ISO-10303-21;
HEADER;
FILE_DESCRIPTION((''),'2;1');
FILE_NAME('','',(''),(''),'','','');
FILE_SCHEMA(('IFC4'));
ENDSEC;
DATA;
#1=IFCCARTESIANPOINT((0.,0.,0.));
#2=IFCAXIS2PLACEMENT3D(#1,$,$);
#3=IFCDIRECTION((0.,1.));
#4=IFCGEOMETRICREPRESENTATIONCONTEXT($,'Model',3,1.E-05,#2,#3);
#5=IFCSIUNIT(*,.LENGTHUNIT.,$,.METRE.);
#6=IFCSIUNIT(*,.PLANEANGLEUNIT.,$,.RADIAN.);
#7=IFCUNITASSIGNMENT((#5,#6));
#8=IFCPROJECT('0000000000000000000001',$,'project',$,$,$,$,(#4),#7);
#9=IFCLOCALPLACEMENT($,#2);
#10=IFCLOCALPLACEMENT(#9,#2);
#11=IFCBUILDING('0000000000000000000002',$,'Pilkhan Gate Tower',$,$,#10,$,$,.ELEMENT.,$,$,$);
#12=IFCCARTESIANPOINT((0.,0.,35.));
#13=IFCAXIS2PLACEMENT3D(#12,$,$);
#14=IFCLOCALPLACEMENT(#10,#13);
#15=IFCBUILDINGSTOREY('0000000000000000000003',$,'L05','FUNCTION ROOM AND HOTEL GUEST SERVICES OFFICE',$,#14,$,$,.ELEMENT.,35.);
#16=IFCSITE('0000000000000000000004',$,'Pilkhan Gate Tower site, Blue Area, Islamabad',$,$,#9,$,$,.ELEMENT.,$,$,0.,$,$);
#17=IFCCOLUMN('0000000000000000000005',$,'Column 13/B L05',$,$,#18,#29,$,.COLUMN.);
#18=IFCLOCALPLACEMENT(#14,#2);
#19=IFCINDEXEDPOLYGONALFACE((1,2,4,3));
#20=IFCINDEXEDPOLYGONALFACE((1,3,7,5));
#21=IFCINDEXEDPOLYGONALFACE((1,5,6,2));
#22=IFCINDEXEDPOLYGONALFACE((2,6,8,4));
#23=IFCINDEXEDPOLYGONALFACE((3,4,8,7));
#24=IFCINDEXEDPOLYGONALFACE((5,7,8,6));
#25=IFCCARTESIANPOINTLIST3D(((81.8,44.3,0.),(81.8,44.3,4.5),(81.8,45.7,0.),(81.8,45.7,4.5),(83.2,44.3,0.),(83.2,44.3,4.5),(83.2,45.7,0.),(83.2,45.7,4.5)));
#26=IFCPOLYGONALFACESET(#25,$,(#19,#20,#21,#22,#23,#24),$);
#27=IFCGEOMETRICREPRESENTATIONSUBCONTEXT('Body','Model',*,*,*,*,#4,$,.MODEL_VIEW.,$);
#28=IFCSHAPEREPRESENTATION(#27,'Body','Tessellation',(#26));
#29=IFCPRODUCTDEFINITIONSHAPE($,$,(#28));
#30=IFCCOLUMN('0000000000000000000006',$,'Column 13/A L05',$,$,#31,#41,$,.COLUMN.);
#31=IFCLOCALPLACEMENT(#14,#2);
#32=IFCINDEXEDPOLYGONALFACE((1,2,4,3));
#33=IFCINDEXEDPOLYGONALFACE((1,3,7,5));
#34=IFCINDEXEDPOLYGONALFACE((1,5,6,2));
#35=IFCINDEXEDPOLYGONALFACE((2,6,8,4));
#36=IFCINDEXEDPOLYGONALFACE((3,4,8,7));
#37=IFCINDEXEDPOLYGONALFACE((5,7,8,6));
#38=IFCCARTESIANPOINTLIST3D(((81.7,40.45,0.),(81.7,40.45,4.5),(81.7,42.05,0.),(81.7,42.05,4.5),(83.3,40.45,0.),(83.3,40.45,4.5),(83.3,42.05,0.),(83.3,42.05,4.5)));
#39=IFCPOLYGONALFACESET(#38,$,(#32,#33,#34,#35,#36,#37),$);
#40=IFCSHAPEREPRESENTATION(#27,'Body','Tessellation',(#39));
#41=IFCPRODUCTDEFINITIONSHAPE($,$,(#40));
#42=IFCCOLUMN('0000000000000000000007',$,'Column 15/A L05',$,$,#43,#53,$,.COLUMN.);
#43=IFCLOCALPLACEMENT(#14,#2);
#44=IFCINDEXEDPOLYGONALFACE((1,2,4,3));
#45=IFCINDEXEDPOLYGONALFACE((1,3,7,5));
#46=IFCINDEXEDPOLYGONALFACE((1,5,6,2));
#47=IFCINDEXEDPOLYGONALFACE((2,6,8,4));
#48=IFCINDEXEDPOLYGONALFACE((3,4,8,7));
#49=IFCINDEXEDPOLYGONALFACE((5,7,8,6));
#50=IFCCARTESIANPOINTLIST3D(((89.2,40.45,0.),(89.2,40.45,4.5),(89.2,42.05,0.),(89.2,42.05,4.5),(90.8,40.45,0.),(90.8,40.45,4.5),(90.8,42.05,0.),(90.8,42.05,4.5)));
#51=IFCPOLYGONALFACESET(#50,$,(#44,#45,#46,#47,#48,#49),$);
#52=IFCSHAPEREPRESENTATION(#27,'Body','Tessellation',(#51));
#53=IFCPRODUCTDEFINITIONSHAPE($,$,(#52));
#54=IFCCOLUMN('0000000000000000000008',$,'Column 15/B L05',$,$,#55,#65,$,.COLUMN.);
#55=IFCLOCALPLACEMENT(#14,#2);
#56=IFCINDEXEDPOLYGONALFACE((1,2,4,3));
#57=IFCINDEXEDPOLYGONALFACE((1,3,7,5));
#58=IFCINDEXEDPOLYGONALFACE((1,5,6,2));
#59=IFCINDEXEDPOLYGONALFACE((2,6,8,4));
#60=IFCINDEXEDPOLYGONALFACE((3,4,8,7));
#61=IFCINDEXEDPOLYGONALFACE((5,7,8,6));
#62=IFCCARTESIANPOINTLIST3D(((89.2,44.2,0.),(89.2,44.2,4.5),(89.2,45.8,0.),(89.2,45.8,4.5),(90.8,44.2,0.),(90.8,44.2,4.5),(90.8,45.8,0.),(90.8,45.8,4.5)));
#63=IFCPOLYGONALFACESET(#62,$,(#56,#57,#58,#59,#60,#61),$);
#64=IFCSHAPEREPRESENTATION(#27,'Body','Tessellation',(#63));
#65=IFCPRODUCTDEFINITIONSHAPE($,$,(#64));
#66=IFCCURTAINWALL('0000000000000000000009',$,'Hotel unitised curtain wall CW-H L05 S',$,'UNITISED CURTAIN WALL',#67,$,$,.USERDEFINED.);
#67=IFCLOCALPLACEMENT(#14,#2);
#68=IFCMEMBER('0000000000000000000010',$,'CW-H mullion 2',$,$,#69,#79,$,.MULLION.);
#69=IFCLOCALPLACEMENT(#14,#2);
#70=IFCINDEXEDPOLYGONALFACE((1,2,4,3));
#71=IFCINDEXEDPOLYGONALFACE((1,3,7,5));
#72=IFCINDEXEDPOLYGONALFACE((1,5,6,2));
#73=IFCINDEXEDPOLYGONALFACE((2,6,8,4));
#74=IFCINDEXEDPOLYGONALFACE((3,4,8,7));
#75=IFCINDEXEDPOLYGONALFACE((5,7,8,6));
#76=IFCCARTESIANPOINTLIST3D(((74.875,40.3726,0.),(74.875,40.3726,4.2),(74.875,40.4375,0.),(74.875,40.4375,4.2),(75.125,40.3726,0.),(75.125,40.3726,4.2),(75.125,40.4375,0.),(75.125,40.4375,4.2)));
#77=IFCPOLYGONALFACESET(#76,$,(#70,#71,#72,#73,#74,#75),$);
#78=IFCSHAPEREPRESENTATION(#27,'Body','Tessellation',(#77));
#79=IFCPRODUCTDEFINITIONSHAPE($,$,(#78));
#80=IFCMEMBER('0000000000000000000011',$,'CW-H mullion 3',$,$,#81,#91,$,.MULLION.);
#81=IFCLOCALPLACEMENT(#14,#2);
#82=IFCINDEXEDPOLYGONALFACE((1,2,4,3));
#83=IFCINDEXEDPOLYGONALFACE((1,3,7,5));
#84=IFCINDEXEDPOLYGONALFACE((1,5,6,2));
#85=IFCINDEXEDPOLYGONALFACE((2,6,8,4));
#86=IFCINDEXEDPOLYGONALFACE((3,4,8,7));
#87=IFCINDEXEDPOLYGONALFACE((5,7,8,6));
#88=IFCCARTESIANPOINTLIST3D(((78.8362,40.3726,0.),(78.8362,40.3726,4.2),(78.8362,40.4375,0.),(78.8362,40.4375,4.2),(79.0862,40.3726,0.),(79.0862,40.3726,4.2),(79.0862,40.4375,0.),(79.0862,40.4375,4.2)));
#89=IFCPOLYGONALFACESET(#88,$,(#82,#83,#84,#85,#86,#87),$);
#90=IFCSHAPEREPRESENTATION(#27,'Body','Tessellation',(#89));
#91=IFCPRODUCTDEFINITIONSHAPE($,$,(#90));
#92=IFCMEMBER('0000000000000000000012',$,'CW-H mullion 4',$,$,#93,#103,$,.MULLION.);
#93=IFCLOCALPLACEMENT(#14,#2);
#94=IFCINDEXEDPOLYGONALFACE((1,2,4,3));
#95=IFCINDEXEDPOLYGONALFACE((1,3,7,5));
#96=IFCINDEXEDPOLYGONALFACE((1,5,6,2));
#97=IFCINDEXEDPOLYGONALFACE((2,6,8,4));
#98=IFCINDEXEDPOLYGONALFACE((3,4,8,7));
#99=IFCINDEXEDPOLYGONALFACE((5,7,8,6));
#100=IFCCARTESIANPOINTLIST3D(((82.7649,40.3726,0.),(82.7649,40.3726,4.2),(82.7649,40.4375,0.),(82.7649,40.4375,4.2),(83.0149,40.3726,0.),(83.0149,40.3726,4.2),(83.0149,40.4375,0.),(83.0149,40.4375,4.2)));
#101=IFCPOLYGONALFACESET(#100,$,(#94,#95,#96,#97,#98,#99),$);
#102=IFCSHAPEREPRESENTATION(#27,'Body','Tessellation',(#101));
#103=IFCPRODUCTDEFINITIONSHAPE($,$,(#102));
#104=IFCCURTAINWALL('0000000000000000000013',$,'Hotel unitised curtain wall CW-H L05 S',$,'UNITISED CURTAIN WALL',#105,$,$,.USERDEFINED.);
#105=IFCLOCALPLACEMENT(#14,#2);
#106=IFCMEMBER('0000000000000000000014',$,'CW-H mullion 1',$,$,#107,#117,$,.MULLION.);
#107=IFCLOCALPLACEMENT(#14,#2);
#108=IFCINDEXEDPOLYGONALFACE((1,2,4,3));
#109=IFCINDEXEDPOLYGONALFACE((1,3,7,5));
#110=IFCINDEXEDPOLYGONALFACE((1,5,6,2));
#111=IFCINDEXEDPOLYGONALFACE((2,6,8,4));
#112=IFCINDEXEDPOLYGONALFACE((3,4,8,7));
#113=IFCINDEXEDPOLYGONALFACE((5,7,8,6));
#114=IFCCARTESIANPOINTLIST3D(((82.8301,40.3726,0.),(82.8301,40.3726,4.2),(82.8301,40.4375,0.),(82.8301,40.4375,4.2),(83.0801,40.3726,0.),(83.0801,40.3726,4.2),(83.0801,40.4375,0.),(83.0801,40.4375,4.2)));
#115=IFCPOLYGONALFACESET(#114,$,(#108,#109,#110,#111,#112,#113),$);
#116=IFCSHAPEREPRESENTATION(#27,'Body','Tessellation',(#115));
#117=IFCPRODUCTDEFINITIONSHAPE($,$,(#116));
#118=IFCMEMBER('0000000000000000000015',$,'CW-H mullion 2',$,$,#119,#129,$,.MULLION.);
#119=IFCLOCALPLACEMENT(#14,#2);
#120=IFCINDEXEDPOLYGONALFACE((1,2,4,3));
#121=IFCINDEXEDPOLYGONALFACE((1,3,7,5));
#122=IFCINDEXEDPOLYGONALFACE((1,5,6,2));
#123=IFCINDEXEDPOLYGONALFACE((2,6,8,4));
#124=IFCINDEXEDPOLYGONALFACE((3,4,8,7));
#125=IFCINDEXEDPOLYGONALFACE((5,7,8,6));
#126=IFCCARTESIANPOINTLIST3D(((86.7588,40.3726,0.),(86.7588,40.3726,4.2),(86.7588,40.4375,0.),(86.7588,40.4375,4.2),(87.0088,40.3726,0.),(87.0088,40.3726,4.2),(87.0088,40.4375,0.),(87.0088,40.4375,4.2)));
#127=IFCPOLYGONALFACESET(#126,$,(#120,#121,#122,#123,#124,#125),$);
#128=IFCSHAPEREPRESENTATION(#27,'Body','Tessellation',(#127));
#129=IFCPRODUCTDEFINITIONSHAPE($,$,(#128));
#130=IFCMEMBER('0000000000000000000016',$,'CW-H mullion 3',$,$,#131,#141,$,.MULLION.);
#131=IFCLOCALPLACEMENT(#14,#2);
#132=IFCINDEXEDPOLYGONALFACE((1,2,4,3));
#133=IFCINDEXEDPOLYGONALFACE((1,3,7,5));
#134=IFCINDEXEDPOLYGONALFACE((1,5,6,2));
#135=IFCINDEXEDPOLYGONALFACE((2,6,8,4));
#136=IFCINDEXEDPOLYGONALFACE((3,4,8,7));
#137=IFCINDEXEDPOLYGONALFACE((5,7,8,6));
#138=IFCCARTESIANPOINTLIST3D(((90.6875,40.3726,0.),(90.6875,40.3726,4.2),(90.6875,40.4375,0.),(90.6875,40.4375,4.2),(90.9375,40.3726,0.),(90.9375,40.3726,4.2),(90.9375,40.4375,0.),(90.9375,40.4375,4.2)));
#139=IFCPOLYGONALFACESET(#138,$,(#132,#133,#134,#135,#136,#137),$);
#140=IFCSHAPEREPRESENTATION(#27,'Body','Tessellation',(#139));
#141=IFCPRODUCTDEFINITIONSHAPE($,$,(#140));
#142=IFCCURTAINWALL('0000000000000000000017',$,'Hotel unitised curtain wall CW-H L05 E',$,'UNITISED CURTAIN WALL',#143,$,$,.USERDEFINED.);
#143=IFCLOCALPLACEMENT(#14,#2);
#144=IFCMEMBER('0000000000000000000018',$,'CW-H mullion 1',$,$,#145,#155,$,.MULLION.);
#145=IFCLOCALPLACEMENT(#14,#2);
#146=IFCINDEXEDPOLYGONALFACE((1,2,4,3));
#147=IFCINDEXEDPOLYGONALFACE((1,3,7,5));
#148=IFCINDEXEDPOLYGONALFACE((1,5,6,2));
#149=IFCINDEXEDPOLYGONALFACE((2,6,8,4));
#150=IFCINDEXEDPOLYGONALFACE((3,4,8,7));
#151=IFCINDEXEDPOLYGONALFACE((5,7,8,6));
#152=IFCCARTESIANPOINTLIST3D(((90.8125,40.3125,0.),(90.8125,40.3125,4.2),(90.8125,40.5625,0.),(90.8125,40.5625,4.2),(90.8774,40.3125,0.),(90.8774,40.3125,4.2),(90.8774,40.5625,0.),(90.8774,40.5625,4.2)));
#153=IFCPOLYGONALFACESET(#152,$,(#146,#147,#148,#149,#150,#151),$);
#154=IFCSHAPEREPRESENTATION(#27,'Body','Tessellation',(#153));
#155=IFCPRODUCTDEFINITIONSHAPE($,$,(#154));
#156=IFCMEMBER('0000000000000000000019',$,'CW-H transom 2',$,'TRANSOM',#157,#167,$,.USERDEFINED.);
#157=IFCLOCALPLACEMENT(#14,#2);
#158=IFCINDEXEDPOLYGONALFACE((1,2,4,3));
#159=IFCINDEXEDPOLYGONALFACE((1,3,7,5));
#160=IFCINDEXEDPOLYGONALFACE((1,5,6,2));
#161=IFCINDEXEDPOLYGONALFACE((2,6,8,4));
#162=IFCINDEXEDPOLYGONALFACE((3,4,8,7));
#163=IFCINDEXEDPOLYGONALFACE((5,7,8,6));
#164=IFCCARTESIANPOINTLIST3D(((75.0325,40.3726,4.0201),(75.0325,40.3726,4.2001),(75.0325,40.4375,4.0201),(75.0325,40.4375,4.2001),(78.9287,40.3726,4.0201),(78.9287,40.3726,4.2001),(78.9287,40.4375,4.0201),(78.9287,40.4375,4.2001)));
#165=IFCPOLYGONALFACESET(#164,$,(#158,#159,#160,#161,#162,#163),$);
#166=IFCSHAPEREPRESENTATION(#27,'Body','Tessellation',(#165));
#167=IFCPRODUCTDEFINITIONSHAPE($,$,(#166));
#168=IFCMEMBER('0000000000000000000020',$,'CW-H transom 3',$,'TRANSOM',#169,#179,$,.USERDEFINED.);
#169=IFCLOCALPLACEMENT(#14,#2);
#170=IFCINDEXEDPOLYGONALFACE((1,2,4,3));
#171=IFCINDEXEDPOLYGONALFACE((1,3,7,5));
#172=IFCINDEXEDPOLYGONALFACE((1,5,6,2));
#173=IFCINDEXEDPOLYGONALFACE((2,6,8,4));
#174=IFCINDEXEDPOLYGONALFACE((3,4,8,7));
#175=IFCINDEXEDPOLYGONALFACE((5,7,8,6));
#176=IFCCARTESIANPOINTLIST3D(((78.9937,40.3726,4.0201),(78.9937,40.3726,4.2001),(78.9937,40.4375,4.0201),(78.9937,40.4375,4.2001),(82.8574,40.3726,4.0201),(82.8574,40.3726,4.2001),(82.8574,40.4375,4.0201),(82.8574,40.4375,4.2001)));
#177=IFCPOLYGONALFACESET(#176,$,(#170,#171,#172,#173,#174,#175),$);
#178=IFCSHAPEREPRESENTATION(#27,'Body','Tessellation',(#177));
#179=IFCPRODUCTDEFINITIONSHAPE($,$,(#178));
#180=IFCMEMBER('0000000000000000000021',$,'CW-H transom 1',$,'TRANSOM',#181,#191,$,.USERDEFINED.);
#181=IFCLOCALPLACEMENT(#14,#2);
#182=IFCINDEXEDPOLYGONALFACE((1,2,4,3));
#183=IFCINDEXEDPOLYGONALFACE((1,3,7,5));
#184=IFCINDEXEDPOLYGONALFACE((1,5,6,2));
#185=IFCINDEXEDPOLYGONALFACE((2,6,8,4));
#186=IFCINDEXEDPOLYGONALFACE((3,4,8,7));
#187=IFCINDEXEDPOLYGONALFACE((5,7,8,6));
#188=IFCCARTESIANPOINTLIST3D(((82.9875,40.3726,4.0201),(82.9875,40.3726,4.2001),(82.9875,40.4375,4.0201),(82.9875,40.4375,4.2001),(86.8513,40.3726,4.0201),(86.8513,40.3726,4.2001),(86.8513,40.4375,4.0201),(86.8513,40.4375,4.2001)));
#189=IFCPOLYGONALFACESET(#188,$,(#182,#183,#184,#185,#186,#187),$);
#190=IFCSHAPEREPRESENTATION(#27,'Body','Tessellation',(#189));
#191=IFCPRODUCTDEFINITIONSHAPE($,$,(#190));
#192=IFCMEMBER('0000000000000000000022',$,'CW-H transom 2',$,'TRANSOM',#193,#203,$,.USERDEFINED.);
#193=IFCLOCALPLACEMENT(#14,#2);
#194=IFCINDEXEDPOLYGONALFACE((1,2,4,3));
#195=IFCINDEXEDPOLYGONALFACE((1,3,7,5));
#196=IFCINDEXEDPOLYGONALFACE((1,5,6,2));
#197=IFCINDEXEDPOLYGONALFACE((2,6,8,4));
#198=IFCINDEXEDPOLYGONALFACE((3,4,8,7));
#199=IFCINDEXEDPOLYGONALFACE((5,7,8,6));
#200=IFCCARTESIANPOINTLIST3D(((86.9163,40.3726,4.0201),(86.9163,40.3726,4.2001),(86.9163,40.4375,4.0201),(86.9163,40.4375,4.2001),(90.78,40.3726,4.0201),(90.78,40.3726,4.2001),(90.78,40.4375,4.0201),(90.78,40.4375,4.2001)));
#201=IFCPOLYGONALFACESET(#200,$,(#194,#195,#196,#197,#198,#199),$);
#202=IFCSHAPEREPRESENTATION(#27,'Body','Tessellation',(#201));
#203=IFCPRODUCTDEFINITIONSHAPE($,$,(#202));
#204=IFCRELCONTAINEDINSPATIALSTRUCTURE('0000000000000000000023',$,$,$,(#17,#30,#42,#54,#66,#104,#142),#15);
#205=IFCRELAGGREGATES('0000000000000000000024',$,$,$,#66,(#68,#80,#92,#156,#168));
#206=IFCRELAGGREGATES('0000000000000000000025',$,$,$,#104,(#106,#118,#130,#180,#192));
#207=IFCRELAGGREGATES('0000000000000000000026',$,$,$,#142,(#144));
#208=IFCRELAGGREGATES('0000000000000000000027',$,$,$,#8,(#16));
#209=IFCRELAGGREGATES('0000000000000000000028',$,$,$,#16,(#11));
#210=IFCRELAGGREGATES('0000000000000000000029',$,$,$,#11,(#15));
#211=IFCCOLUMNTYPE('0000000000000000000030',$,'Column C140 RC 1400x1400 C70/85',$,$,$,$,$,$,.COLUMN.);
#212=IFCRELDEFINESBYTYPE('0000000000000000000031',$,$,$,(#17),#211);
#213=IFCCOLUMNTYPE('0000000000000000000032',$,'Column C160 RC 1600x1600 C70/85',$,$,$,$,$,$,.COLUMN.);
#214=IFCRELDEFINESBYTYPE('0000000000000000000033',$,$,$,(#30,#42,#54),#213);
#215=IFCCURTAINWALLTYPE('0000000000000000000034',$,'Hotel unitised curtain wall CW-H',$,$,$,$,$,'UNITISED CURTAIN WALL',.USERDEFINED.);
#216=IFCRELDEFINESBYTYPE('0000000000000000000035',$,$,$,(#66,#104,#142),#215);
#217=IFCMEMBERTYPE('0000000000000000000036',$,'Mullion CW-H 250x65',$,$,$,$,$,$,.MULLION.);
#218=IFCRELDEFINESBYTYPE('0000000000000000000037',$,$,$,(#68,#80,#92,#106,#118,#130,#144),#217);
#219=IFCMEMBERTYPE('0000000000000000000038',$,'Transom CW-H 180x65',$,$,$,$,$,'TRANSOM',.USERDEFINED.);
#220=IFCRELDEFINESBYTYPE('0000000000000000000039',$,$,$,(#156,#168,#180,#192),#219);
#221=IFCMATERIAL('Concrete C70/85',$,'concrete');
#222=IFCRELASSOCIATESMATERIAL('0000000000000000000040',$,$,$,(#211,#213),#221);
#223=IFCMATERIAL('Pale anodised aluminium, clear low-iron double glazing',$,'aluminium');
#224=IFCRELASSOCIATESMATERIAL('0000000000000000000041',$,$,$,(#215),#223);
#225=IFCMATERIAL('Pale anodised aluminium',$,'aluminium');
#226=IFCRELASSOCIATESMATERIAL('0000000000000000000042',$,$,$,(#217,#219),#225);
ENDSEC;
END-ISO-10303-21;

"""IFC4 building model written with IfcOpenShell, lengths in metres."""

from ifc_helpers import new_model, si_unit, direction, frame, origin, origin_2d, place, context, subcontext, project, spatial, rectangle, extrude, material, material_profile, profile_set, type_object, element, aggregate, save


model = new_model("IFC4")

# Units and contexts
model_context = context("Model", 3, precision=1e-05, world=origin(), true_north=direction((0.0, 1.0)))
body_context = subcontext(model_context, "Body", "Model", "MODEL_VIEW")
ifc_project = project(units=[si_unit("LENGTHUNIT", "METRE"), si_unit("PLANEANGLEUNIT", "RADIAN")], contexts=[model_context])

# Site, building, storey
site_placement = place(None, origin())
site = spatial("IfcSite", under=ifc_project, at=site_placement, Name="Pilkhan Gate Tower site, Blue Area, Islamabad", CompositionType="ELEMENT", RefElevation=0.0)
building_placement = place(site_placement, origin())
building = spatial("IfcBuilding", under=site, at=building_placement, Name="Pilkhan Gate Tower", CompositionType="ELEMENT")
storey_placement = place(building_placement, frame((0.0, 0.0, 35.0)))
storey = spatial("IfcBuildingStorey", under=building, at=storey_placement, Name="L05", Description="FUNCTION ROOM AND HOTEL GUEST SERVICES OFFICE", CompositionType="ELEMENT", Elevation=35.0)

# Columns
ifc_material_1 = material(Name="Concrete C70/85", Category="concrete")
ifc_material_profile_1 = material_profile(ifc_material_1, rectangle(XDim=1.3999, YDim=1.3999, at=origin_2d()), Name="RC 1400x1400")
ifc_profile_set_1 = profile_set([ifc_material_profile_1], Name="Concrete C70/85")
column_type_1 = type_object("IfcColumnType", Name="Column C140 RC 1400x1400 C70/85", PredefinedType="COLUMN", material=ifc_profile_set_1)
column_placement = place(storey_placement, frame((82.5, 45.0, 0.0), z_axis=(0.0, 0.0, 1.0), x_axis=(1.0, 0.0, 0.0)))
element("IfcColumn", 1, at=column_placement, inside=storey, type_object=column_type_1, Name="Column 13/B L05", PredefinedType="COLUMN", context=body_context, shape_type="SweptSolid", body=[
    extrude(rectangle(XDim=1.3999, YDim=1.3999, at=origin_2d()), origin(), (0.0, 0.0, 1.0), 4.5),
])
ifc_material_profile_2 = material_profile(ifc_material_1, rectangle(XDim=1.6001, YDim=1.6001, at=origin_2d()), Name="RC 1600x1600")
ifc_profile_set_2 = profile_set([ifc_material_profile_2], Name="Concrete C70/85")
column_type_2 = type_object("IfcColumnType", Name="Column C160 RC 1600x1600 C70/85", PredefinedType="COLUMN", material=ifc_profile_set_2)
for number, where, z_axis, x_axis, name in (
    (2, (82.5, 41.25, 0.0), (0.0, 0.0, 1.0), (1.0, 0.0, 0.0), "Column 13/A L05"),
    (3, (90.0, 41.25, 0.0), (0.0, 0.0, 1.0), (1.0, 0.0, 0.0), "Column 15/A L05"),
    (4, (90.0, 45.0, 0.0), (0.0, 0.0, 1.0), (1.0, 0.0, 0.0), "Column 15/B L05"),
):
    element("IfcColumn", number, at=place(storey_placement, frame(where, z_axis=z_axis, x_axis=x_axis)), inside=storey, type_object=column_type_2, Name=name, PredefinedType="COLUMN", context=body_context, shape_type="SweptSolid", body=[
        extrude(rectangle(XDim=1.6001, YDim=1.6001, at=origin_2d()), origin(), (0.0, 0.0, 1.0), 4.5),
    ])

# Curtain walls, members
ifc_material_2 = material(Name="Pale anodised aluminium, clear low-iron double glazing", Category="aluminium")
curtain_wall_type = type_object("IfcCurtainWallType", Name="Hotel unitised curtain wall CW-H", ElementType="UNITISED CURTAIN WALL", PredefinedType="USERDEFINED", material=ifc_material_2)
curtain_wall_1_placement = place(storey_placement, origin())
curtain_wall_1 = element("IfcCurtainWall", 5, at=curtain_wall_1_placement, inside=storey, type_object=curtain_wall_type, Name="Hotel unitised curtain wall CW-H L05 S", ObjectType="UNITISED CURTAIN WALL", PredefinedType="USERDEFINED")
ifc_material_3 = material(Name="Pale anodised aluminium", Category="aluminium")
ifc_material_profile_3 = material_profile(ifc_material_3, rectangle(XDim=0.0649, YDim=0.25, at=origin_2d()), Name="Mullion 250x65")
ifc_profile_set_3 = profile_set([ifc_material_profile_3], Name="Pale anodised aluminium")
member_type_1 = type_object("IfcMemberType", Name="Mullion CW-H 250x65", PredefinedType="MULLION", material=ifc_profile_set_3)
member_1_placement = place(storey_placement, frame((75.0, 40.405, 0.0), z_axis=(0.0, 0.0, 1.0), x_axis=(0.0, 1.0, 0.0)))
member_1 = element("IfcMember", 6, at=member_1_placement, type_object=member_type_1, Name="CW-H mullion 2", PredefinedType="MULLION", context=body_context, shape_type="SweptSolid", body=[
    extrude(rectangle(XDim=0.0649, YDim=0.25, at=origin_2d()), origin(), (0.0, 0.0, 1.0), 4.2),
])
member_2_placement = place(storey_placement, frame((78.9612, 40.405, 0.0), z_axis=(0.0, 0.0, 1.0), x_axis=(0.0, 1.0, 0.0)))
member_2 = element("IfcMember", 7, at=member_2_placement, type_object=member_type_1, Name="CW-H mullion 3", PredefinedType="MULLION", context=body_context, shape_type="SweptSolid", body=[
    extrude(rectangle(XDim=0.0649, YDim=0.25, at=origin_2d()), origin(), (0.0, 0.0, 1.0), 4.2),
])
member_3_placement = place(storey_placement, frame((82.8899, 40.405, 0.0), z_axis=(0.0, 0.0, 1.0), x_axis=(0.0, 1.0, 0.0)))
member_3 = element("IfcMember", 8, at=member_3_placement, type_object=member_type_1, Name="CW-H mullion 4", PredefinedType="MULLION", context=body_context, shape_type="SweptSolid", body=[
    extrude(rectangle(XDim=0.0649, YDim=0.25, at=origin_2d()), origin(), (0.0, 0.0, 1.0), 4.2),
])
curtain_wall_2_placement = place(storey_placement, origin())
curtain_wall_2 = element("IfcCurtainWall", 9, at=curtain_wall_2_placement, inside=storey, type_object=curtain_wall_type, Name="Hotel unitised curtain wall CW-H L05 S", ObjectType="UNITISED CURTAIN WALL", PredefinedType="USERDEFINED")
member_4_placement = place(storey_placement, frame((82.9551, 40.405, 0.0), z_axis=(0.0, 0.0, 1.0), x_axis=(0.0, 1.0, 0.0)))
member_4 = element("IfcMember", 10, at=member_4_placement, type_object=member_type_1, Name="CW-H mullion 1", PredefinedType="MULLION", context=body_context, shape_type="SweptSolid", body=[
    extrude(rectangle(XDim=0.0649, YDim=0.25, at=origin_2d()), origin(), (0.0, 0.0, 1.0), 4.2),
])
member_5_placement = place(storey_placement, frame((86.8838, 40.405, 0.0), z_axis=(0.0, 0.0, 1.0), x_axis=(0.0, 1.0, 0.0)))
member_5 = element("IfcMember", 11, at=member_5_placement, type_object=member_type_1, Name="CW-H mullion 2", PredefinedType="MULLION", context=body_context, shape_type="SweptSolid", body=[
    extrude(rectangle(XDim=0.0649, YDim=0.25, at=origin_2d()), origin(), (0.0, 0.0, 1.0), 4.2),
])
member_6_placement = place(storey_placement, frame((90.8125, 40.405, 0.0), z_axis=(0.0, 0.0, 1.0), x_axis=(0.0, 1.0, 0.0)))
member_6 = element("IfcMember", 12, at=member_6_placement, type_object=member_type_1, Name="CW-H mullion 3", PredefinedType="MULLION", context=body_context, shape_type="SweptSolid", body=[
    extrude(rectangle(XDim=0.0649, YDim=0.25, at=origin_2d()), origin(), (0.0, 0.0, 1.0), 4.2),
])

# Curtain wall, member
curtain_wall_3_placement = place(storey_placement, origin())
curtain_wall_3 = element("IfcCurtainWall", 13, at=curtain_wall_3_placement, inside=storey, type_object=curtain_wall_type, Name="Hotel unitised curtain wall CW-H L05 E", ObjectType="UNITISED CURTAIN WALL", PredefinedType="USERDEFINED")
member_7_placement = place(storey_placement, frame((90.845, 40.4375, 0.0), z_axis=(0.0, 0.0, 1.0), x_axis=(-1.0, 0.0, 0.0)))
member_7 = element("IfcMember", 14, at=member_7_placement, type_object=member_type_1, Name="CW-H mullion 1", PredefinedType="MULLION", context=body_context, shape_type="SweptSolid", body=[
    extrude(rectangle(XDim=0.0649, YDim=0.25, at=origin_2d()), origin(), (0.0, 0.0, 1.0), 4.2),
])

# Members
ifc_material_profile_4 = material_profile(ifc_material_3, rectangle(XDim=0.0649, YDim=0.1799, at=origin_2d()), Name="Transom 180x65")
ifc_profile_set_4 = profile_set([ifc_material_profile_4], Name="Pale anodised aluminium")
member_type_2 = type_object("IfcMemberType", Name="Transom CW-H 180x65", ElementType="TRANSOM", PredefinedType="USERDEFINED", material=ifc_profile_set_4)
member_8_placement = place(storey_placement, frame((75.0325, 40.405, 4.1101), z_axis=(1.0, 0.0, 0.0), x_axis=(0.0, 1.0, 0.0)))
member_8 = element("IfcMember", 15, at=member_8_placement, type_object=member_type_2, Name="CW-H transom 2", ObjectType="TRANSOM", PredefinedType="USERDEFINED", context=body_context, shape_type="SweptSolid", body=[
    extrude(rectangle(XDim=0.0649, YDim=0.1799, at=origin_2d()), origin(), (0.0, 0.0, 1.0), 3.8962),
])
member_9_placement = place(storey_placement, frame((78.9937, 40.405, 4.1101), z_axis=(1.0, 0.0, 0.0), x_axis=(0.0, 1.0, 0.0)))
member_9 = element("IfcMember", 16, at=member_9_placement, type_object=member_type_2, Name="CW-H transom 3", ObjectType="TRANSOM", PredefinedType="USERDEFINED", context=body_context, shape_type="SweptSolid", body=[
    extrude(rectangle(XDim=0.0649, YDim=0.1799, at=origin_2d()), origin(), (0.0, 0.0, 1.0), 3.8638),
])
member_10_placement = place(storey_placement, frame((82.9875, 40.405, 4.1101), z_axis=(1.0, 0.0, 0.0), x_axis=(0.0, 1.0, 0.0)))
member_10 = element("IfcMember", 17, at=member_10_placement, type_object=member_type_2, Name="CW-H transom 1", ObjectType="TRANSOM", PredefinedType="USERDEFINED", context=body_context, shape_type="SweptSolid", body=[
    extrude(rectangle(XDim=0.0649, YDim=0.1799, at=origin_2d()), origin(), (0.0, 0.0, 1.0), 3.8638),
])
member_11_placement = place(storey_placement, frame((86.9163, 40.405, 4.1101), z_axis=(1.0, 0.0, 0.0), x_axis=(0.0, 1.0, 0.0)))
member_11 = element("IfcMember", 18, at=member_11_placement, type_object=member_type_2, Name="CW-H transom 2", ObjectType="TRANSOM", PredefinedType="USERDEFINED", context=body_context, shape_type="SweptSolid", body=[
    extrude(rectangle(XDim=0.0649, YDim=0.1799, at=origin_2d()), origin(), (0.0, 0.0, 1.0), 3.8638),
])

aggregate(curtain_wall_1, [member_1, member_2, member_3, member_8, member_9])
aggregate(curtain_wall_2, [member_4, member_5, member_6, member_10, member_11])
aggregate(curtain_wall_3, [member_7])

save(model, "model.ifc")
